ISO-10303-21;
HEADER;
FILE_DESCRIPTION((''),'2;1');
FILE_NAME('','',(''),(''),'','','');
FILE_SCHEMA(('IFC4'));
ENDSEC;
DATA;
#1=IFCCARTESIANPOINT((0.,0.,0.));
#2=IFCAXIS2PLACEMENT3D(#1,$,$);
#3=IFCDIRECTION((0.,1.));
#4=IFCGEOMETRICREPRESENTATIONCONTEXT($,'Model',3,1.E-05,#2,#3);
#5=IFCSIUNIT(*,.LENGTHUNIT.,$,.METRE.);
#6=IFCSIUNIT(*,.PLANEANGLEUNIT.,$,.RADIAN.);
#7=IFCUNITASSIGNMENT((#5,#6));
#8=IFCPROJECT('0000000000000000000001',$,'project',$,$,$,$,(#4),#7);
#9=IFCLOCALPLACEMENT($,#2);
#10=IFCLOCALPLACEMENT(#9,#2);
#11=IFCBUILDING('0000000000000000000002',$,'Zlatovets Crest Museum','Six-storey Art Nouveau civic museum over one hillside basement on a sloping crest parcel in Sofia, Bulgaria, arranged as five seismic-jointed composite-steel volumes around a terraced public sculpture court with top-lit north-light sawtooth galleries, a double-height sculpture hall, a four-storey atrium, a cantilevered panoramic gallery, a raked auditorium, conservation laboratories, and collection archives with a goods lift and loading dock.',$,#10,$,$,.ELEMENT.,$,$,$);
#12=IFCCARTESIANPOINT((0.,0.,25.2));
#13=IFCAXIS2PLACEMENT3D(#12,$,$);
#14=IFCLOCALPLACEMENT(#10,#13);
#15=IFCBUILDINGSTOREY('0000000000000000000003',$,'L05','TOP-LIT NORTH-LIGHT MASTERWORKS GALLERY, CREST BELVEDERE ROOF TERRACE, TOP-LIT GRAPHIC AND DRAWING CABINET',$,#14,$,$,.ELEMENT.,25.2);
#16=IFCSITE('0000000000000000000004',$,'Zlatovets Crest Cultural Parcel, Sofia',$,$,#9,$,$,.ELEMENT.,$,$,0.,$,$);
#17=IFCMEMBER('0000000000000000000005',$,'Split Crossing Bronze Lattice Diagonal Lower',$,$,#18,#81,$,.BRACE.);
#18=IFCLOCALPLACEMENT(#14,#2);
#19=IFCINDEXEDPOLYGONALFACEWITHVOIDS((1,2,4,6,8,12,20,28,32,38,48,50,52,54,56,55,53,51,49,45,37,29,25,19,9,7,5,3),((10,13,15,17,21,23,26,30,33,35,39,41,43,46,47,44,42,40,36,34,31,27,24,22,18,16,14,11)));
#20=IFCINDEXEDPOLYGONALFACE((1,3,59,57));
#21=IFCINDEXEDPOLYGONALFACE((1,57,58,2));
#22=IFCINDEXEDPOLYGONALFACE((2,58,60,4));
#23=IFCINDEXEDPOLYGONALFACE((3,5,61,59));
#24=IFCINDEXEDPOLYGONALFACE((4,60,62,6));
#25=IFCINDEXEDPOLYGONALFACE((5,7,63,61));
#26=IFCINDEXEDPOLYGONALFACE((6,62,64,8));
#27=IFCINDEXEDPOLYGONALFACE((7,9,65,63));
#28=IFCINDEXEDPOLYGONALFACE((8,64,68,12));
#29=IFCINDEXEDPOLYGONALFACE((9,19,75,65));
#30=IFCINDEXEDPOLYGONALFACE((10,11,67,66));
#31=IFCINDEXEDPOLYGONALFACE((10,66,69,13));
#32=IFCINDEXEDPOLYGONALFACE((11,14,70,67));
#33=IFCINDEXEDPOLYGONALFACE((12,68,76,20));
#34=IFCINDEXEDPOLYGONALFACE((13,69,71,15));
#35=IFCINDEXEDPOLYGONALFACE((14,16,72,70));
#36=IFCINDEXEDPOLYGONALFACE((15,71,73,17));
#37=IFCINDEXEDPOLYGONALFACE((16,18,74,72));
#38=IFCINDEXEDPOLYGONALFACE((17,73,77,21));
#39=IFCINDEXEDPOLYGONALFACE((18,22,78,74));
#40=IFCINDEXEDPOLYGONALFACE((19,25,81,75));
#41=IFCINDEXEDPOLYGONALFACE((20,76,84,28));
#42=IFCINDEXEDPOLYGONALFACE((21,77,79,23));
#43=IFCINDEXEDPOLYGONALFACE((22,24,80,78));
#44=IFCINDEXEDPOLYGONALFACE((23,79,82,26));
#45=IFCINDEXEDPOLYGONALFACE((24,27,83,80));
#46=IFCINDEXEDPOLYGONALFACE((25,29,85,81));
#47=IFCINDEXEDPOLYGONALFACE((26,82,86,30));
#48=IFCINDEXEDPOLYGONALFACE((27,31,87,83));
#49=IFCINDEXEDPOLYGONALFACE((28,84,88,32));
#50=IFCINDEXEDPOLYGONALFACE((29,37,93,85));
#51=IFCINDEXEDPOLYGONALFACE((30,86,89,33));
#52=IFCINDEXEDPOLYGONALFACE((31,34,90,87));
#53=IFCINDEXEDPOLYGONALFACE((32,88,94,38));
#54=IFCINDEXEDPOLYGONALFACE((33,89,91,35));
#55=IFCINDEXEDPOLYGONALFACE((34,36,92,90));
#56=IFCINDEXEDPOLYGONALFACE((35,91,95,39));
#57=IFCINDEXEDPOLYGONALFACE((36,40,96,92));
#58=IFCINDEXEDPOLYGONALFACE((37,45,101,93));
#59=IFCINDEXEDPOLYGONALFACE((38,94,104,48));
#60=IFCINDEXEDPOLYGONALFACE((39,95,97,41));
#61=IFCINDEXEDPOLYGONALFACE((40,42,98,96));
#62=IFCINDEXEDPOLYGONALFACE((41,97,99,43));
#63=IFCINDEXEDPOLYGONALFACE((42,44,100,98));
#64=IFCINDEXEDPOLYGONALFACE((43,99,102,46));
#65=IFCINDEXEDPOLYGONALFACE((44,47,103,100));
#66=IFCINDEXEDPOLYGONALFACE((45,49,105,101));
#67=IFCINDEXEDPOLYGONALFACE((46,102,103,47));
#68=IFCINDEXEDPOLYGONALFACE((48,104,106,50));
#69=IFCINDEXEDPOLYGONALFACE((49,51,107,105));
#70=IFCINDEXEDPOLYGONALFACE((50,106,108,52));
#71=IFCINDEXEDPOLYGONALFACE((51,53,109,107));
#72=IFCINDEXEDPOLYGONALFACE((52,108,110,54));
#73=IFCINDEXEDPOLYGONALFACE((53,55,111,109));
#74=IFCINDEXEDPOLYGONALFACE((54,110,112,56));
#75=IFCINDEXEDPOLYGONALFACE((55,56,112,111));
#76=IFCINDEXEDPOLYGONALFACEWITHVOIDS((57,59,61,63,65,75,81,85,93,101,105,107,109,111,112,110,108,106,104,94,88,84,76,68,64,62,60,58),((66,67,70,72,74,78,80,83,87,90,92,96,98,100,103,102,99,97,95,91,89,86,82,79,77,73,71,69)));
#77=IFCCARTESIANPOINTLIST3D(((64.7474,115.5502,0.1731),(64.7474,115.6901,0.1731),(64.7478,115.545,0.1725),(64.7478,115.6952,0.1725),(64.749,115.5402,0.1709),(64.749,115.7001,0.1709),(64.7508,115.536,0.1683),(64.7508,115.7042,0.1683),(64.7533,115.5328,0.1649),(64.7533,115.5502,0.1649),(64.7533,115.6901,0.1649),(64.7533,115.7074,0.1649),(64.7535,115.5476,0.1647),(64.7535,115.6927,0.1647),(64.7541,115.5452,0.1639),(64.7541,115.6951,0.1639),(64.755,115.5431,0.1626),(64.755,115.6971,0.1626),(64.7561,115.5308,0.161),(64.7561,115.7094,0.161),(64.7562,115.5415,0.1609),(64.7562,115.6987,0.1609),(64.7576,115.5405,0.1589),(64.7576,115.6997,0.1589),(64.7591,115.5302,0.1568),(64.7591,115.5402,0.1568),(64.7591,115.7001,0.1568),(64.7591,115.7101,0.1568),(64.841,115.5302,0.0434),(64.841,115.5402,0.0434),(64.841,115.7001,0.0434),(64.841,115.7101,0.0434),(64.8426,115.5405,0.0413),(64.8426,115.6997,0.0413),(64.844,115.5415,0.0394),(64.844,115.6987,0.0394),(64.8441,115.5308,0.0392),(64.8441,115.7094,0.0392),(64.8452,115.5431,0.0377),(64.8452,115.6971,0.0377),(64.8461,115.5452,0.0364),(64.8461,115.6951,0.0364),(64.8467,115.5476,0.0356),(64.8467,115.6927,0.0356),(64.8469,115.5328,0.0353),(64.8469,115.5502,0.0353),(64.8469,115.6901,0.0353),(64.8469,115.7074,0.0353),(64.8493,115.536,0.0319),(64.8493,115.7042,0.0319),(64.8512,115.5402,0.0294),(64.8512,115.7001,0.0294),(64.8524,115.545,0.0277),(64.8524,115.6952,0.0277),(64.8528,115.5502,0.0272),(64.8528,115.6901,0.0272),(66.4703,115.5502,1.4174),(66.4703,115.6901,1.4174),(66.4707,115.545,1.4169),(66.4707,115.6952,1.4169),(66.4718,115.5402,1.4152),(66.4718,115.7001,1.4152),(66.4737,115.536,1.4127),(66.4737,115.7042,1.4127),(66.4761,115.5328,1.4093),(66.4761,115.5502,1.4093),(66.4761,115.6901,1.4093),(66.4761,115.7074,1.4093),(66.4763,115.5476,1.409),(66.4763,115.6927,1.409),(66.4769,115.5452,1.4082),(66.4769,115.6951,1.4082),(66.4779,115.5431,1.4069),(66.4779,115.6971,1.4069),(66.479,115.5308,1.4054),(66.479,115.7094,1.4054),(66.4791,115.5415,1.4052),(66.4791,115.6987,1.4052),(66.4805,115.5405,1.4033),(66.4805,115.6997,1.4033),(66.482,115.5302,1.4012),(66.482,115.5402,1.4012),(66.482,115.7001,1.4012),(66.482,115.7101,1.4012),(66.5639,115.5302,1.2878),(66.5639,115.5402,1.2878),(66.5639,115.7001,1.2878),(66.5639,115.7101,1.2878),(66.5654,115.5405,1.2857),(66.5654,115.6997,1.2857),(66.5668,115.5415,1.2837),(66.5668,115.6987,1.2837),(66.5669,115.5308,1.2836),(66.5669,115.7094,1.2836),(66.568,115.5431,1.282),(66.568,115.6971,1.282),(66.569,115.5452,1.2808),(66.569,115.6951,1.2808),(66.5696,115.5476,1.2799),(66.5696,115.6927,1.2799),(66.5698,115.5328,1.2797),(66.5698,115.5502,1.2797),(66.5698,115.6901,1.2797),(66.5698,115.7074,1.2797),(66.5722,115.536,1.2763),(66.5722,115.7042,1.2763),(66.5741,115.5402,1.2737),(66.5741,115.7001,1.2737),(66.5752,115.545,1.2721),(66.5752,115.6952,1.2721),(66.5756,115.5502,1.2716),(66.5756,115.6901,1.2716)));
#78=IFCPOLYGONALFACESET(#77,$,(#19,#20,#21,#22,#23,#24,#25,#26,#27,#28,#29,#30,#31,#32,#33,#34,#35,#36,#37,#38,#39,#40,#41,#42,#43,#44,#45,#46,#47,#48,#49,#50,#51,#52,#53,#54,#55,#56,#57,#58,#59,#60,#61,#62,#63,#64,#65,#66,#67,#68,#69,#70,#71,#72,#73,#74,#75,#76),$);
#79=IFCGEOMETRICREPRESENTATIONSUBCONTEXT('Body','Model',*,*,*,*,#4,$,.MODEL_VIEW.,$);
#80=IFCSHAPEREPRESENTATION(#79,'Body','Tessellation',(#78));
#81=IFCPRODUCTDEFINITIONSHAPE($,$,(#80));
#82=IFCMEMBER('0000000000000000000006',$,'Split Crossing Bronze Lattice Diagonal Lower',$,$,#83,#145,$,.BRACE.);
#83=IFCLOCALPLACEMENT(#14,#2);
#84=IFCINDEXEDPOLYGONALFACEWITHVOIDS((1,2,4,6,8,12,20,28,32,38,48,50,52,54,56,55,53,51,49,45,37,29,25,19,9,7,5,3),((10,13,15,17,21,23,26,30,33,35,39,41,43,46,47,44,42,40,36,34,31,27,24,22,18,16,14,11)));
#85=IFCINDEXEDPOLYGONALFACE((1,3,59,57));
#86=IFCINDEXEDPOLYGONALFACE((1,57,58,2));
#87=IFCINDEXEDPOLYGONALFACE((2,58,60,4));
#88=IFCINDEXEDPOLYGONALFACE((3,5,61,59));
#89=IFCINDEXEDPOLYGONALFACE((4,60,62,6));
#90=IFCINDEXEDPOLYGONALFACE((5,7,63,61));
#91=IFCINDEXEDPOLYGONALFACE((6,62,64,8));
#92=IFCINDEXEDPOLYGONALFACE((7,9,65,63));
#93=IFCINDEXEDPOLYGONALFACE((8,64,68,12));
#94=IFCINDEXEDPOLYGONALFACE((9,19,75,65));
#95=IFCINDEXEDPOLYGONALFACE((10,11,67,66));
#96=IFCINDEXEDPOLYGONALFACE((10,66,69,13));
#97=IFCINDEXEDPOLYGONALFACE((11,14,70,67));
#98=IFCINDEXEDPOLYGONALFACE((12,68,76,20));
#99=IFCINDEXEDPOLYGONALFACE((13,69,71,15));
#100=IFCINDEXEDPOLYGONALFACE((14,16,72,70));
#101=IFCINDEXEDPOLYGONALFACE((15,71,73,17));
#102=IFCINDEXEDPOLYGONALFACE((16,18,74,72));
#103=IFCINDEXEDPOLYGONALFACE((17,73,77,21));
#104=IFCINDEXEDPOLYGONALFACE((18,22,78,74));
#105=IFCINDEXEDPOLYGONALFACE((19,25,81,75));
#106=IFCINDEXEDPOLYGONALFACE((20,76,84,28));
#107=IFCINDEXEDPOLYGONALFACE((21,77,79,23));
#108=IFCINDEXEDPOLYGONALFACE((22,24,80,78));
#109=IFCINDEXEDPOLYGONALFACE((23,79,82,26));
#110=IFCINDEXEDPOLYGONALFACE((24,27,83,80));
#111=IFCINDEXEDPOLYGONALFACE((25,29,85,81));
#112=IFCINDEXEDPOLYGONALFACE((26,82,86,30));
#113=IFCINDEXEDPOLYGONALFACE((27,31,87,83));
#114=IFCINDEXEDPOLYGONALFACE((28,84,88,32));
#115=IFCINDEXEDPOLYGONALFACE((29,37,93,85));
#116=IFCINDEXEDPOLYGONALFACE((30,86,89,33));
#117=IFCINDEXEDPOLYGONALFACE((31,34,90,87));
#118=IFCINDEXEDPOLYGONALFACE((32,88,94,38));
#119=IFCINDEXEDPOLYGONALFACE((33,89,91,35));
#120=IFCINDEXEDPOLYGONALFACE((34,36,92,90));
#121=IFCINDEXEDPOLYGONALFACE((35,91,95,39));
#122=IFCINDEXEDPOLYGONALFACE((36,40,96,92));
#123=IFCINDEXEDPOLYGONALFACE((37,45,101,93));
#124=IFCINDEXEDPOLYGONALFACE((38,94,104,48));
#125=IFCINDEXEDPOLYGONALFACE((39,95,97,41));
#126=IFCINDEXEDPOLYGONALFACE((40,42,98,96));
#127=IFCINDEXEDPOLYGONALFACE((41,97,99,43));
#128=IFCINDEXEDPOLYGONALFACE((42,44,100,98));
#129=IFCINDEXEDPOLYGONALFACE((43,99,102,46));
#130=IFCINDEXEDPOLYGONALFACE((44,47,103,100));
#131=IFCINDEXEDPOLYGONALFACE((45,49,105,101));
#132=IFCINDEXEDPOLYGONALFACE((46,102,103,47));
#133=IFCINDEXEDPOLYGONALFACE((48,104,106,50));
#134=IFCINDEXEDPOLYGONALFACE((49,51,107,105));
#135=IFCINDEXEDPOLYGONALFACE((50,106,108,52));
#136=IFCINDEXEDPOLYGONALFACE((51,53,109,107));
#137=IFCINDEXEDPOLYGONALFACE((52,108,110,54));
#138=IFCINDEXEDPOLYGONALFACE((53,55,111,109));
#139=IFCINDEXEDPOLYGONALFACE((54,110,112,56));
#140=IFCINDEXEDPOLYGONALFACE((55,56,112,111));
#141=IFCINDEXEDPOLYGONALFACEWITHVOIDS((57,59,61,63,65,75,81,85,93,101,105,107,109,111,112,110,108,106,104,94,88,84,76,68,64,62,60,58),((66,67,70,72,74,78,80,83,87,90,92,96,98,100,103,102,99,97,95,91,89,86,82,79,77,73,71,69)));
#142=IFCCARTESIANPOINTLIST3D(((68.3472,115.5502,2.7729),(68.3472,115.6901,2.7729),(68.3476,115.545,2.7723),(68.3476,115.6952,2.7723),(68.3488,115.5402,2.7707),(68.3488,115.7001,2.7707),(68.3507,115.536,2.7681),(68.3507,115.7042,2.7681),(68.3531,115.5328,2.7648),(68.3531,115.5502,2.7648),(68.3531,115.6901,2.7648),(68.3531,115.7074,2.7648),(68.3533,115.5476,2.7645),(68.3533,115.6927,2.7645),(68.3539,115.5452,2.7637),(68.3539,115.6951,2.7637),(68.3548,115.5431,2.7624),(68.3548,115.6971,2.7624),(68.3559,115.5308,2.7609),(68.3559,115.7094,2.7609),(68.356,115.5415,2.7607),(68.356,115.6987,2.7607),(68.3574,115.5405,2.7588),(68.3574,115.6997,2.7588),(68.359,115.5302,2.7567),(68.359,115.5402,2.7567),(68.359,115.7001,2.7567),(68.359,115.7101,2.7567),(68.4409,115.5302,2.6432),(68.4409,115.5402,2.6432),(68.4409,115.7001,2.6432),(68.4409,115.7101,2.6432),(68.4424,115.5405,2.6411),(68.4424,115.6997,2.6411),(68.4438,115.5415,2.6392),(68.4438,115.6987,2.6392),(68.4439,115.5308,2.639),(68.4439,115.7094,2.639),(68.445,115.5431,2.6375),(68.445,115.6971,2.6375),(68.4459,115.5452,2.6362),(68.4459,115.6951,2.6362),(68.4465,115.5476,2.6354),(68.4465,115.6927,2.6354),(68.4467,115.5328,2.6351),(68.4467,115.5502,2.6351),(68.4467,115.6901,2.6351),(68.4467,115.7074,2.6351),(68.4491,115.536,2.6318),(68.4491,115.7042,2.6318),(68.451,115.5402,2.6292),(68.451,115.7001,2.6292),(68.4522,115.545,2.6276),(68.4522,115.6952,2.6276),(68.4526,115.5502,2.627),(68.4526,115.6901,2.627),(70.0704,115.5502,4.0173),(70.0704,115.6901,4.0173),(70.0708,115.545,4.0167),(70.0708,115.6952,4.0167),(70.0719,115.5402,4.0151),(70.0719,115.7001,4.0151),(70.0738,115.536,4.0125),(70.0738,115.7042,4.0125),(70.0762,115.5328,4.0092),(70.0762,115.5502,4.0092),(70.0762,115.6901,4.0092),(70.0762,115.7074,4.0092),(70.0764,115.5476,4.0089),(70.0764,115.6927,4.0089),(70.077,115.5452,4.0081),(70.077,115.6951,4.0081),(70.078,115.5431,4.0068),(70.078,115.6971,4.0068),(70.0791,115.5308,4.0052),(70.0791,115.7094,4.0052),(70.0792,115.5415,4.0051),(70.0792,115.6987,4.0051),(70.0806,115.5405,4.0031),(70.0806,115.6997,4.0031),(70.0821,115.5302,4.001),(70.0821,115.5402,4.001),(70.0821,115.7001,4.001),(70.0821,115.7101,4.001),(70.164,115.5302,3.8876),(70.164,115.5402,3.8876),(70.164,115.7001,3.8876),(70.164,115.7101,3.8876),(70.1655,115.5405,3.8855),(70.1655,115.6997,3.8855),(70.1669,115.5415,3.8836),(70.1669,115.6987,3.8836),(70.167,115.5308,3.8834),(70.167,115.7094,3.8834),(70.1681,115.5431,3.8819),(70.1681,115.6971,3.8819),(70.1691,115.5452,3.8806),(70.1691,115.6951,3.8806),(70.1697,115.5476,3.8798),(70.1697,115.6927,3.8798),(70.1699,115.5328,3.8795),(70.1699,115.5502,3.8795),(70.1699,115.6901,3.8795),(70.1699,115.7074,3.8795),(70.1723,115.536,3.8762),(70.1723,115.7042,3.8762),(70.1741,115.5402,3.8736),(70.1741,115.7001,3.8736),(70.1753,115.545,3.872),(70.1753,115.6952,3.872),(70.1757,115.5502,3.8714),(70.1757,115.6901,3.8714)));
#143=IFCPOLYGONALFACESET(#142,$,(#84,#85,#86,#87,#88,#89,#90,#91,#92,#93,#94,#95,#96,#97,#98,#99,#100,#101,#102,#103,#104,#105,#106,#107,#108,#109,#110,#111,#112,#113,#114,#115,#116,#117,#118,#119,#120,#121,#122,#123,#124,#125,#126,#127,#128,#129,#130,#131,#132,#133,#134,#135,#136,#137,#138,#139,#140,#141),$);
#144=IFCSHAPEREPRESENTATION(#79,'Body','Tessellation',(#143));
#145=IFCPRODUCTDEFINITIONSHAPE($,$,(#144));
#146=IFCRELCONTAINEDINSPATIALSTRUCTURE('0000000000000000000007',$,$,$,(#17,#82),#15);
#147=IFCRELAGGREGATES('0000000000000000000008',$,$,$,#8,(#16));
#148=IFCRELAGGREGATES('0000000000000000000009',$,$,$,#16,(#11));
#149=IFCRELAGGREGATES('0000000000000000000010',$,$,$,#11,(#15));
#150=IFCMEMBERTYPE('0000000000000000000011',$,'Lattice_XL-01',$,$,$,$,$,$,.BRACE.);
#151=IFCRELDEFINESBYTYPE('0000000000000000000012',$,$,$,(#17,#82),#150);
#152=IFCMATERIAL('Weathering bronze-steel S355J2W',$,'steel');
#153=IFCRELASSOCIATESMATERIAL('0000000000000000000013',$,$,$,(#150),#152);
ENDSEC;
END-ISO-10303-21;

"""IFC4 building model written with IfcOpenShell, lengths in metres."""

from ifc_helpers import new_model, si_unit, direction, frame, origin, origin_2d, place, context, subcontext, project, spatial, hollow_rectangle, extrude, material, material_profile, profile_set, type_object, element, save


model = new_model("IFC4")

# Units and contexts
model_context = context("Model", 3, precision=1e-05, world=origin(), true_north=direction((0.0, 1.0)))
body_context = subcontext(model_context, "Body", "Model", "MODEL_VIEW")
ifc_project = project(units=[si_unit("LENGTHUNIT", "METRE"), si_unit("PLANEANGLEUNIT", "RADIAN")], contexts=[model_context])

# Site, building, storey
site_placement = place(None, origin())
site = spatial("IfcSite", under=ifc_project, at=site_placement, Name="Zlatovets Crest Cultural Parcel, Sofia", CompositionType="ELEMENT", RefElevation=0.0)
building_placement = place(site_placement, origin())
building = spatial("IfcBuilding", under=site, at=building_placement, Name="Zlatovets Crest Museum", Description="Six-storey Art Nouveau civic museum over one hillside basement on a sloping crest parcel in Sofia, Bulgaria, arranged as five seismic-jointed composite-steel volumes around a terraced public sculpture court with top-lit north-light sawtooth galleries, a double-height sculpture hall, a four-storey atrium, a cantilevered panoramic gallery, a raked auditorium, conservation laboratories, and collection archives with a goods lift and loading dock.", CompositionType="ELEMENT")
storey_placement = place(building_placement, frame((0.0, 0.0, 25.2)))
storey = spatial("IfcBuildingStorey", under=building, at=storey_placement, Name="L05", Description="TOP-LIT NORTH-LIGHT MASTERWORKS GALLERY, CREST BELVEDERE ROOF TERRACE, TOP-LIT GRAPHIC AND DRAWING CABINET", CompositionType="ELEMENT", Elevation=25.2)

# Members
ifc_material_1 = material(Name="Weathering bronze-steel S355J2W", Category="steel")
ifc_material_profile_1 = material_profile(ifc_material_1, hollow_rectangle(XDim=0.1799, YDim=0.1799, WallThickness=0.01, InnerFilletRadius=0.01, OuterFilletRadius=0.02, at=origin_2d()), Name="SHS 180x180x10.0")
ifc_profile_set_1 = profile_set([ifc_material_profile_1], Name="Weathering bronze-steel S355J2W")
member_type_1 = type_object("IfcMemberType", Name="Lattice_XL-01", PredefinedType="BRACE", material=ifc_profile_set_1)
for number, where, z_axis, x_axis, name in (
    (1, (66.5229, 115.6201, 1.3445), (-0.810664, 0.0, -0.585512), (0.0, -1.0, 0.0), "Split Crossing Bronze Lattice Diagonal Lower"),
):
    element("IfcMember", number, at=place(storey_placement, frame(where, z_axis=z_axis, x_axis=x_axis)), inside=storey, type_object=member_type_1, Name=name, PredefinedType="BRACE", context=body_context, shape_type="SweptSolid", body=[
        extrude(hollow_rectangle(XDim=0.1799, YDim=0.1799, WallThickness=0.01, InnerFilletRadius=0.01, OuterFilletRadius=0.02, at=origin_2d()), origin(), (0.0, 0.0, 1.0), 2.1252),
    ])
member_1_placement = place(storey_placement, frame((70.123, 115.6201, 3.9443), z_axis=(-0.810703, 0.0, -0.585457), x_axis=(0.0, -1.0, 0.0)))
element("IfcMember", 2, at=member_1_placement, inside=storey, type_object=member_type_1, Name="Split Crossing Bronze Lattice Diagonal Lower", PredefinedType="BRACE", context=body_context, shape_type="SweptSolid", body=[
    extrude(hollow_rectangle(XDim=0.1799, YDim=0.1799, WallThickness=0.01, InnerFilletRadius=0.01, OuterFilletRadius=0.02, at=origin_2d()), origin(), (0.0, 0.0, 1.0), 2.1255),
])

save(model, "model.ifc")
